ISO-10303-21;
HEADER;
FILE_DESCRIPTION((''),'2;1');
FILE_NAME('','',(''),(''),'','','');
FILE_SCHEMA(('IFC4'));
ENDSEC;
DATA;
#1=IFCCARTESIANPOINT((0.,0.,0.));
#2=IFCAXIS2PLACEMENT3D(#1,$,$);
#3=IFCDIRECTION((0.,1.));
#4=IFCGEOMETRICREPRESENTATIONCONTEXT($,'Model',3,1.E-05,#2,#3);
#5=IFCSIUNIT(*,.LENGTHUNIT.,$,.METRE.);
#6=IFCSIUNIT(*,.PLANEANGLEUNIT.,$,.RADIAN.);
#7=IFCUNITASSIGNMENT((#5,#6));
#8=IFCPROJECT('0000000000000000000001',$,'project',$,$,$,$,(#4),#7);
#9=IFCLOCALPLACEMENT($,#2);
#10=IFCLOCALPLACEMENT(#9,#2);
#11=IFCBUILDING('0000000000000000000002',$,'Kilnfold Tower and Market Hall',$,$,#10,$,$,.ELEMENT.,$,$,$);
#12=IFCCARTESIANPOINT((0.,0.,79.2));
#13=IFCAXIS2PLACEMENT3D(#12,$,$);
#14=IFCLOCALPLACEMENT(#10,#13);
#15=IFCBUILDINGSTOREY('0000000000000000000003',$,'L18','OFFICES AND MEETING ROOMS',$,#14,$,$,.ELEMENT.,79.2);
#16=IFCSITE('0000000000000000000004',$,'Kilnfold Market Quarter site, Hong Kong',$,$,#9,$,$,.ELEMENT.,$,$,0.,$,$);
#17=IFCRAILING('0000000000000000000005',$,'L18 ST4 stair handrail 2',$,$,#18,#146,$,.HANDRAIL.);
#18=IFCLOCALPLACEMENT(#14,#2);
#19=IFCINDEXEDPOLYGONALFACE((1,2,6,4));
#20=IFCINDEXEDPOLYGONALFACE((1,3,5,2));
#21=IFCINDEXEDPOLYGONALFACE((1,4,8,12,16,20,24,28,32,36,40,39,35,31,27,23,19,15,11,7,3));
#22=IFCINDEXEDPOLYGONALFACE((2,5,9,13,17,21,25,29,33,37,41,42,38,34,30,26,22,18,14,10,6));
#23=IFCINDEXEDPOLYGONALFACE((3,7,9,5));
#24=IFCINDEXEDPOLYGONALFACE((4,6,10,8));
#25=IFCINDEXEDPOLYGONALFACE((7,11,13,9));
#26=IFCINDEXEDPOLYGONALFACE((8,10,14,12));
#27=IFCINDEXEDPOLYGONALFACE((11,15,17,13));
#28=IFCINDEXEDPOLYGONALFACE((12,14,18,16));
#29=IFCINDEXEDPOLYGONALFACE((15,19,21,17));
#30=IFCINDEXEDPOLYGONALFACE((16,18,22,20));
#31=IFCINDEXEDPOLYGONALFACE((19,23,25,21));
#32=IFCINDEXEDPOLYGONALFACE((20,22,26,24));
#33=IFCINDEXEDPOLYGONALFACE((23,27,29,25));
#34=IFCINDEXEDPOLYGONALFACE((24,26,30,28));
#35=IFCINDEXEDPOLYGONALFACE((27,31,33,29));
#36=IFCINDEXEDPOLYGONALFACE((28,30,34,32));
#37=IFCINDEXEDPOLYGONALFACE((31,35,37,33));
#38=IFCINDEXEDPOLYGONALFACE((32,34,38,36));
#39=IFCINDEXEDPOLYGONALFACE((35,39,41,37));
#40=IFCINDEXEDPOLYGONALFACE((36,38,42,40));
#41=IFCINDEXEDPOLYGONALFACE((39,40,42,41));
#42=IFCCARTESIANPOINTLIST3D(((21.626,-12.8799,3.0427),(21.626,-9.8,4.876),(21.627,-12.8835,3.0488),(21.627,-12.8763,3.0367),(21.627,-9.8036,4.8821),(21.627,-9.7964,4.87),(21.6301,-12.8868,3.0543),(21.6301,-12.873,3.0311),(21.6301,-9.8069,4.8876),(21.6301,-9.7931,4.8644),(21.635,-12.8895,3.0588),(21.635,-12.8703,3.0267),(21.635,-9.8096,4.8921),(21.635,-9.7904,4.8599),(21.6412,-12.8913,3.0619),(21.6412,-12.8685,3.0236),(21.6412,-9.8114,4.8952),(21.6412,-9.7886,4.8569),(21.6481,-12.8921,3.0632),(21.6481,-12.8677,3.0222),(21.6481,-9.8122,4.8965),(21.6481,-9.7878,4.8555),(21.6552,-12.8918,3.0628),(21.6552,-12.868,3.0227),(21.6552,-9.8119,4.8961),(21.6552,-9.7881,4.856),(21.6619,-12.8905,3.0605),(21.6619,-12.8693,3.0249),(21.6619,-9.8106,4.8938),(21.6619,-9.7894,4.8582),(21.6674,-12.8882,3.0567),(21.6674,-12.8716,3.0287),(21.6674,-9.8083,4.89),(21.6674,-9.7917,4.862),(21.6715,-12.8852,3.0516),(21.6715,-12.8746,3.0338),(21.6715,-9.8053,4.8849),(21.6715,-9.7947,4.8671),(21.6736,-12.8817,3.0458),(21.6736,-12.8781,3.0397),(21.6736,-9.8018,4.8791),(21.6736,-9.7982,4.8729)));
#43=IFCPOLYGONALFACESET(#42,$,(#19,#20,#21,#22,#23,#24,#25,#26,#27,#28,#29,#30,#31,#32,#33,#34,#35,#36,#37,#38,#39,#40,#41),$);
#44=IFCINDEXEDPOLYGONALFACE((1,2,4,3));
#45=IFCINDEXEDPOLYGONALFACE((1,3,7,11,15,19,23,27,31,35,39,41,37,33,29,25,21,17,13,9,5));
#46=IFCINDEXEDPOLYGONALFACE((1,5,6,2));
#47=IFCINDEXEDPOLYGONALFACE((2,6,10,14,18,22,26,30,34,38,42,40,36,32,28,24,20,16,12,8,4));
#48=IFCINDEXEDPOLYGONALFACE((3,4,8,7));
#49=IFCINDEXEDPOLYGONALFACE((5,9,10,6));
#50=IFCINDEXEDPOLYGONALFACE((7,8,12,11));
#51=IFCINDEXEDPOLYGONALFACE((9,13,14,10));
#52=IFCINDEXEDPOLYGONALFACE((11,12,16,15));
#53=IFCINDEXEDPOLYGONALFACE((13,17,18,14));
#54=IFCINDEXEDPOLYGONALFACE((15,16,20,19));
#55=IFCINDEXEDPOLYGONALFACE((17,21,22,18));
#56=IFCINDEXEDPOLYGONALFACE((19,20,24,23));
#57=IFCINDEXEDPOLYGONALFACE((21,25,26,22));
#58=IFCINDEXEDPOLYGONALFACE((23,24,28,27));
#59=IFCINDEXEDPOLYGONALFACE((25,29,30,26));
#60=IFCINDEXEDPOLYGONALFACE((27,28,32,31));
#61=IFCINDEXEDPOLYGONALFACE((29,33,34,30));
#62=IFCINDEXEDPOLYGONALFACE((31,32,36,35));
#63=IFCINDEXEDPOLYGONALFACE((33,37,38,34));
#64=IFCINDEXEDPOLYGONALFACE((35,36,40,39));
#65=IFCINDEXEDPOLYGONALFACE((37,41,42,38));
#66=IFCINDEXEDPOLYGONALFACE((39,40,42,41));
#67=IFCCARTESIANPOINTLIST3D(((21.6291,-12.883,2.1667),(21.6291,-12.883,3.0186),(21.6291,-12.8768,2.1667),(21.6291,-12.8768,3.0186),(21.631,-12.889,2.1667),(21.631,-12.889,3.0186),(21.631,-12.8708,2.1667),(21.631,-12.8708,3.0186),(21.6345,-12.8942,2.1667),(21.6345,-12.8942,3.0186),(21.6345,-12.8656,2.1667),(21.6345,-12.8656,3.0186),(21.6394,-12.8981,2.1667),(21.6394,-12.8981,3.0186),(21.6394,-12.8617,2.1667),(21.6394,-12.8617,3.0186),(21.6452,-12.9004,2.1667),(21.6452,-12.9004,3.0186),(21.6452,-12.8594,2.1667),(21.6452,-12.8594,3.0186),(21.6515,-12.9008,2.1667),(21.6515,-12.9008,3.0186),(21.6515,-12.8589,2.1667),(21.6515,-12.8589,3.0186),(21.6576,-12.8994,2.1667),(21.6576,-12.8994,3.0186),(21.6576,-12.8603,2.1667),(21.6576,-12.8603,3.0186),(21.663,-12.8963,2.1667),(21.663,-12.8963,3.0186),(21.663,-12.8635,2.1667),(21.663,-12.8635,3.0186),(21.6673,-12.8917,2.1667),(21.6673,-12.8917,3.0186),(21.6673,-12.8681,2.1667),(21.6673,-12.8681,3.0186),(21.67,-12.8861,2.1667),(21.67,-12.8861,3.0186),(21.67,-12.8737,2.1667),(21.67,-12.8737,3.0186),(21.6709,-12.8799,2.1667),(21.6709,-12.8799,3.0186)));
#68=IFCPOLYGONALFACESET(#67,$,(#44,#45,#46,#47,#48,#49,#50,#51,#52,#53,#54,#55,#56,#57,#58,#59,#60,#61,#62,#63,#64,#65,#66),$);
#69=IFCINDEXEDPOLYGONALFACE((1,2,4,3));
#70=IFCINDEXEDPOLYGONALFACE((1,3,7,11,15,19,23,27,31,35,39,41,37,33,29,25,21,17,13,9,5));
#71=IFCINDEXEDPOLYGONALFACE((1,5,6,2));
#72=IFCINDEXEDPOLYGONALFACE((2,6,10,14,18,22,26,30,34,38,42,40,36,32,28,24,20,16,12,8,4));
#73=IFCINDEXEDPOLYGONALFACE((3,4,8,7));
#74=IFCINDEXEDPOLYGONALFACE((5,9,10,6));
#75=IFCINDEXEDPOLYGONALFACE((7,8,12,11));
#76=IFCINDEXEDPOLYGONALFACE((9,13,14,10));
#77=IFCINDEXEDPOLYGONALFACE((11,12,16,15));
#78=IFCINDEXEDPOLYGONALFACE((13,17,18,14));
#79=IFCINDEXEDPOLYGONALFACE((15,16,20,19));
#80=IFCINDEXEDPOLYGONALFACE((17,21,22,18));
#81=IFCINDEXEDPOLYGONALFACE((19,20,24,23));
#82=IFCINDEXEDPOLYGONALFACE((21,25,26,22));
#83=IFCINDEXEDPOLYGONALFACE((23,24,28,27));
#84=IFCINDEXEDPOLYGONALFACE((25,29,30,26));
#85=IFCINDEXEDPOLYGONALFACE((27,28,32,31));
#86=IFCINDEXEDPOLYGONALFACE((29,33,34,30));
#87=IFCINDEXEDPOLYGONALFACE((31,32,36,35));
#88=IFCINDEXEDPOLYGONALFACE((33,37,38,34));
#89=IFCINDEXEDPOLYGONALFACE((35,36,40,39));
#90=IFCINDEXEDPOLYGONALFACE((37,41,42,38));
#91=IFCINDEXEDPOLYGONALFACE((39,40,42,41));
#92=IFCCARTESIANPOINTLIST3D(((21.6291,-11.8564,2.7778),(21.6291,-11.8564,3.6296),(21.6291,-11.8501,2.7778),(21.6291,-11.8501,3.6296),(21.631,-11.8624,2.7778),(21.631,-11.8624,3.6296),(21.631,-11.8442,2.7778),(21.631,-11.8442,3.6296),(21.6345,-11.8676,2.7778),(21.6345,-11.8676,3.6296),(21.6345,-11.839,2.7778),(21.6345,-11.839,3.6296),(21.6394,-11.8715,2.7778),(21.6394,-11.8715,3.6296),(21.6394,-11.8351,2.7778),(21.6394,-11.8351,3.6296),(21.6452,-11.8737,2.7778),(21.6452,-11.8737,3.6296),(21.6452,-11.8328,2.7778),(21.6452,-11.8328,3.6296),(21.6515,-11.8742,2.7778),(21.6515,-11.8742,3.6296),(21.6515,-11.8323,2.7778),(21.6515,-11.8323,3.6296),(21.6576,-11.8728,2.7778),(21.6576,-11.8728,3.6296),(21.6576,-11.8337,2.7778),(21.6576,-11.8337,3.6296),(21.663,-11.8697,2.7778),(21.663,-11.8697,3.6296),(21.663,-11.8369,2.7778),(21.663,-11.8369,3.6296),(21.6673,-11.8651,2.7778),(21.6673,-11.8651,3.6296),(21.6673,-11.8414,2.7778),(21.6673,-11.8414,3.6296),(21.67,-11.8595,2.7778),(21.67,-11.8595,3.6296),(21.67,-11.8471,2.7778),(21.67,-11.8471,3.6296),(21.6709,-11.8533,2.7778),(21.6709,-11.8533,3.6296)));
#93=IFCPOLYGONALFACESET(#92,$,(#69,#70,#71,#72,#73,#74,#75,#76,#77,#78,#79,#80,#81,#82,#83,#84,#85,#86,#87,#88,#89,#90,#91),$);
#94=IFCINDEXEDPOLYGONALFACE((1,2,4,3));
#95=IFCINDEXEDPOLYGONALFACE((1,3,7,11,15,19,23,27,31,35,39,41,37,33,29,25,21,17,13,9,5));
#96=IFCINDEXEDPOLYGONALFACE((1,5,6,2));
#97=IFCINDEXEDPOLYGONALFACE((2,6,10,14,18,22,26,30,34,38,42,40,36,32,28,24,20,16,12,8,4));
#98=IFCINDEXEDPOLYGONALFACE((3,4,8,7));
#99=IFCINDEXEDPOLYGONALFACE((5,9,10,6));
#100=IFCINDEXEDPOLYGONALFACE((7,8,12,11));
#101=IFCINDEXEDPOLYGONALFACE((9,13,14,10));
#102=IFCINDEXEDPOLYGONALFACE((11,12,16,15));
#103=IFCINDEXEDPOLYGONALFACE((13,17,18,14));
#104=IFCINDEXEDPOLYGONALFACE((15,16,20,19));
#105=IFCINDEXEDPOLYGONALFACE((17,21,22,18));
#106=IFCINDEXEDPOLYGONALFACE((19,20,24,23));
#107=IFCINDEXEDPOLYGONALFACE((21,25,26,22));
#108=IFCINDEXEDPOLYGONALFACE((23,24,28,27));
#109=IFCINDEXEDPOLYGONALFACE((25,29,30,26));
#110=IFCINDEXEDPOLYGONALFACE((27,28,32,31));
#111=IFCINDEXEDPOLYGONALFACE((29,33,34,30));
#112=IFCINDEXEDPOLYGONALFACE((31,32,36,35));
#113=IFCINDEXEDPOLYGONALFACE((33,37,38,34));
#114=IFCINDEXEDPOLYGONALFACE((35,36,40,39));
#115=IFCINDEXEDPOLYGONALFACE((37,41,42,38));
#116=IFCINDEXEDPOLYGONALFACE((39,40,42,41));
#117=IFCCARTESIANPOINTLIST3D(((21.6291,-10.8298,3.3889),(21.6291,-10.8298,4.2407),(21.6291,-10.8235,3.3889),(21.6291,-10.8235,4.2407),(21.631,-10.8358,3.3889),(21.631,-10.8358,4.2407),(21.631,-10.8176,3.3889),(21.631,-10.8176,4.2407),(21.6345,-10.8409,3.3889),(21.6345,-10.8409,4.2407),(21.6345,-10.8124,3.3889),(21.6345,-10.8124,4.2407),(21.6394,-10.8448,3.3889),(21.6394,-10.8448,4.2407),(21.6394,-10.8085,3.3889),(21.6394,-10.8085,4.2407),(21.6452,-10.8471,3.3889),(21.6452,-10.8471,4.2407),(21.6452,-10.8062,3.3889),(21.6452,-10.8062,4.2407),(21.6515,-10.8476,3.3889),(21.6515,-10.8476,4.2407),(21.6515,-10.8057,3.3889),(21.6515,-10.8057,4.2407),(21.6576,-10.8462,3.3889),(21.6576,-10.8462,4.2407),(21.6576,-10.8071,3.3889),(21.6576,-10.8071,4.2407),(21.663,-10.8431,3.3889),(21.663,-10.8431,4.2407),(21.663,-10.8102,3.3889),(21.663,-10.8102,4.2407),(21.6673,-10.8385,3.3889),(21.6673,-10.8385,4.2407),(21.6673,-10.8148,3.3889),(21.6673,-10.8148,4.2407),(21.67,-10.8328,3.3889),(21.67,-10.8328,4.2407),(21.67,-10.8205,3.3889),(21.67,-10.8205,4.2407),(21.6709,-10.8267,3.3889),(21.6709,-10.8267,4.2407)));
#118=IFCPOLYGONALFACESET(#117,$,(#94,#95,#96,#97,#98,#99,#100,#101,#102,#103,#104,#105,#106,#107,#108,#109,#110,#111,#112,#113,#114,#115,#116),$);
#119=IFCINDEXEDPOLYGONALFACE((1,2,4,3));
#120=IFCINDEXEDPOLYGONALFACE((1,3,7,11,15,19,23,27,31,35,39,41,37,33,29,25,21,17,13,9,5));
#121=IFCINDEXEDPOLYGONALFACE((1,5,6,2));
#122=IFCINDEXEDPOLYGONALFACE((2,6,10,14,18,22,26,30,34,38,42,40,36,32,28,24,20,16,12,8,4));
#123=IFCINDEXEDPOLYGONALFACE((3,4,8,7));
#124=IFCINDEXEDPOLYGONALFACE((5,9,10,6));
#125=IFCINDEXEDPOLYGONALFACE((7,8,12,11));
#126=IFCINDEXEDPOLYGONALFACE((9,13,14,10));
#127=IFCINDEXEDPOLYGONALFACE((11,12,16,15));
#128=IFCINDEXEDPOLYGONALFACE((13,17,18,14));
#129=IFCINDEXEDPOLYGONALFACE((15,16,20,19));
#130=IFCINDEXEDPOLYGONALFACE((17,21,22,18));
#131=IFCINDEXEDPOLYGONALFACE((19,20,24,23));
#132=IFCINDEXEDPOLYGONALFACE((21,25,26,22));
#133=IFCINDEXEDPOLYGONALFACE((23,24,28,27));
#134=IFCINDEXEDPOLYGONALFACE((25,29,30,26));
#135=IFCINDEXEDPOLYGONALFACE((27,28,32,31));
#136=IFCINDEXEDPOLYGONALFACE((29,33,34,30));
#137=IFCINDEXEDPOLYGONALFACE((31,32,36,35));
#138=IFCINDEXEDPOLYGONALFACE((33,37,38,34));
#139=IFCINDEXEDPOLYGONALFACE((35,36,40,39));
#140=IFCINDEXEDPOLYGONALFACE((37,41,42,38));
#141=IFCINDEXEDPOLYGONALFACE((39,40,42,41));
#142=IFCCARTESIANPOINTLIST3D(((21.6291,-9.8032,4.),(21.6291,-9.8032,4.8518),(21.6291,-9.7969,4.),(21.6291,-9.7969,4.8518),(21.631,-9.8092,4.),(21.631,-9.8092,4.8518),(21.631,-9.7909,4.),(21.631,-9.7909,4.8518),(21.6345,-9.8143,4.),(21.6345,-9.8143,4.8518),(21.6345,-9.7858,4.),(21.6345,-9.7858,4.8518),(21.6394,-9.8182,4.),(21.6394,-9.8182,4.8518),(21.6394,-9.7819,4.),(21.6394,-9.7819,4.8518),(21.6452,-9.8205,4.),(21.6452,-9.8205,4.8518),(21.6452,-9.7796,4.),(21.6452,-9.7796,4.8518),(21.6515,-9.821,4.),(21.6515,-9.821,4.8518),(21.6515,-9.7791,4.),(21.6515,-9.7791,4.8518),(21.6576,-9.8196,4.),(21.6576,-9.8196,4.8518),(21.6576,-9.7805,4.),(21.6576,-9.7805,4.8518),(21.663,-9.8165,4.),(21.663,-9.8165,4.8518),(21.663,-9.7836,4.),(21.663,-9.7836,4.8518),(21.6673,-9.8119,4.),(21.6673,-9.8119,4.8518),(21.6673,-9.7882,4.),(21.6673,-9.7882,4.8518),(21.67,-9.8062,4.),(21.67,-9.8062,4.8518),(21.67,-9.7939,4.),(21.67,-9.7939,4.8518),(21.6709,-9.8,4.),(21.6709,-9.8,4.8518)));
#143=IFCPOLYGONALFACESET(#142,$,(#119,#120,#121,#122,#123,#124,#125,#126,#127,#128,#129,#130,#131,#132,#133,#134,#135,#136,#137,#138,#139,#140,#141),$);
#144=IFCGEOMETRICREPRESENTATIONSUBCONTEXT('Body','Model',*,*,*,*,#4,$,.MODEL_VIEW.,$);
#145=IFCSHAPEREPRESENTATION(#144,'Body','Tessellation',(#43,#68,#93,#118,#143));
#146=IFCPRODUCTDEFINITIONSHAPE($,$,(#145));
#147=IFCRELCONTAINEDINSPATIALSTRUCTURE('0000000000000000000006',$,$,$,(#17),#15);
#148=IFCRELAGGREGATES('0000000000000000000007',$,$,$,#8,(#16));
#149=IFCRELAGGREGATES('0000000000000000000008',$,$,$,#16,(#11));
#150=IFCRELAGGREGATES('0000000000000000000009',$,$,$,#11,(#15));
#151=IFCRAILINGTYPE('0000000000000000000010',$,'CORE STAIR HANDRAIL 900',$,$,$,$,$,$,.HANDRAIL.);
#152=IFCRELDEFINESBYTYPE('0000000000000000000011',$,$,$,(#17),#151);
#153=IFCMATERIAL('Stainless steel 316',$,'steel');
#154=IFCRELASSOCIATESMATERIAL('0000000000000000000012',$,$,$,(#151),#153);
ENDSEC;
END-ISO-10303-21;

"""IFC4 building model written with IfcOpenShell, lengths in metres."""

from ifc_helpers import new_model, si_unit, direction, frame, origin, origin_2d, place, context, subcontext, project, spatial, circle, extrude, material, type_object, element, save


model = new_model("IFC4")

# Units and contexts
model_context = context("Model", 3, precision=1e-05, world=origin(), true_north=direction((0.0, 1.0)))
body_context = subcontext(model_context, "Body", "Model", "MODEL_VIEW")
ifc_project = project(units=[si_unit("LENGTHUNIT", "METRE"), si_unit("PLANEANGLEUNIT", "RADIAN")], contexts=[model_context])

# Site, building, storey
site_placement = place(None, origin())
site = spatial("IfcSite", under=ifc_project, at=site_placement, Name="Kilnfold Market Quarter site, Hong Kong", CompositionType="ELEMENT", RefElevation=0.0)
building_placement = place(site_placement, origin())
building = spatial("IfcBuilding", under=site, at=building_placement, Name="Kilnfold Tower and Market Hall", CompositionType="ELEMENT")
storey_placement = place(building_placement, frame((0.0, 0.0, 79.2)))
storey = spatial("IfcBuildingStorey", under=building, at=storey_placement, Name="L18", Description="OFFICES AND MEETING ROOMS", CompositionType="ELEMENT", Elevation=79.2)

# Railing
ifc_material_1 = material(Name="Stainless steel 316", Category="steel")
railing_type_1 = type_object("IfcRailingType", Name="CORE STAIR HANDRAIL 900", PredefinedType="HANDRAIL", material=ifc_material_1)
railing_1_placement = place(storey_placement, frame((21.6499, -12.8799, 2.1667)))
element("IfcRailing", 1, at=railing_1_placement, inside=storey, type_object=railing_type_1, Name="L18 ST4 stair handrail 2", PredefinedType="HANDRAIL", context=body_context, shape_type="SweptSolid", body=[
    extrude(circle(Radius=0.0239, at=origin_2d()), frame((0.0, 0.0, 0.876), z_axis=(0.0, 0.859291, 0.511487), x_axis=(-1.0, 0.0, 0.0)), (0.0, 0.0, 1.0), 3.5842),
    extrude(circle(Radius=0.021, at=origin_2d()), origin(), (0.0, 0.0, 1.0), 0.8518),
    extrude(circle(Radius=0.021, at=origin_2d()), frame((0.0, 1.0266, 0.6111)), (0.0, 0.0, 1.0), 0.8518),
    extrude(circle(Radius=0.021, at=origin_2d()), frame((0.0, 2.0532, 1.2222)), (0.0, 0.0, 1.0), 0.8518),
    extrude(circle(Radius=0.021, at=origin_2d()), frame((0.0, 3.0798, 1.8333)), (0.0, 0.0, 1.0), 0.8518),
])

save(model, "model.ifc")
